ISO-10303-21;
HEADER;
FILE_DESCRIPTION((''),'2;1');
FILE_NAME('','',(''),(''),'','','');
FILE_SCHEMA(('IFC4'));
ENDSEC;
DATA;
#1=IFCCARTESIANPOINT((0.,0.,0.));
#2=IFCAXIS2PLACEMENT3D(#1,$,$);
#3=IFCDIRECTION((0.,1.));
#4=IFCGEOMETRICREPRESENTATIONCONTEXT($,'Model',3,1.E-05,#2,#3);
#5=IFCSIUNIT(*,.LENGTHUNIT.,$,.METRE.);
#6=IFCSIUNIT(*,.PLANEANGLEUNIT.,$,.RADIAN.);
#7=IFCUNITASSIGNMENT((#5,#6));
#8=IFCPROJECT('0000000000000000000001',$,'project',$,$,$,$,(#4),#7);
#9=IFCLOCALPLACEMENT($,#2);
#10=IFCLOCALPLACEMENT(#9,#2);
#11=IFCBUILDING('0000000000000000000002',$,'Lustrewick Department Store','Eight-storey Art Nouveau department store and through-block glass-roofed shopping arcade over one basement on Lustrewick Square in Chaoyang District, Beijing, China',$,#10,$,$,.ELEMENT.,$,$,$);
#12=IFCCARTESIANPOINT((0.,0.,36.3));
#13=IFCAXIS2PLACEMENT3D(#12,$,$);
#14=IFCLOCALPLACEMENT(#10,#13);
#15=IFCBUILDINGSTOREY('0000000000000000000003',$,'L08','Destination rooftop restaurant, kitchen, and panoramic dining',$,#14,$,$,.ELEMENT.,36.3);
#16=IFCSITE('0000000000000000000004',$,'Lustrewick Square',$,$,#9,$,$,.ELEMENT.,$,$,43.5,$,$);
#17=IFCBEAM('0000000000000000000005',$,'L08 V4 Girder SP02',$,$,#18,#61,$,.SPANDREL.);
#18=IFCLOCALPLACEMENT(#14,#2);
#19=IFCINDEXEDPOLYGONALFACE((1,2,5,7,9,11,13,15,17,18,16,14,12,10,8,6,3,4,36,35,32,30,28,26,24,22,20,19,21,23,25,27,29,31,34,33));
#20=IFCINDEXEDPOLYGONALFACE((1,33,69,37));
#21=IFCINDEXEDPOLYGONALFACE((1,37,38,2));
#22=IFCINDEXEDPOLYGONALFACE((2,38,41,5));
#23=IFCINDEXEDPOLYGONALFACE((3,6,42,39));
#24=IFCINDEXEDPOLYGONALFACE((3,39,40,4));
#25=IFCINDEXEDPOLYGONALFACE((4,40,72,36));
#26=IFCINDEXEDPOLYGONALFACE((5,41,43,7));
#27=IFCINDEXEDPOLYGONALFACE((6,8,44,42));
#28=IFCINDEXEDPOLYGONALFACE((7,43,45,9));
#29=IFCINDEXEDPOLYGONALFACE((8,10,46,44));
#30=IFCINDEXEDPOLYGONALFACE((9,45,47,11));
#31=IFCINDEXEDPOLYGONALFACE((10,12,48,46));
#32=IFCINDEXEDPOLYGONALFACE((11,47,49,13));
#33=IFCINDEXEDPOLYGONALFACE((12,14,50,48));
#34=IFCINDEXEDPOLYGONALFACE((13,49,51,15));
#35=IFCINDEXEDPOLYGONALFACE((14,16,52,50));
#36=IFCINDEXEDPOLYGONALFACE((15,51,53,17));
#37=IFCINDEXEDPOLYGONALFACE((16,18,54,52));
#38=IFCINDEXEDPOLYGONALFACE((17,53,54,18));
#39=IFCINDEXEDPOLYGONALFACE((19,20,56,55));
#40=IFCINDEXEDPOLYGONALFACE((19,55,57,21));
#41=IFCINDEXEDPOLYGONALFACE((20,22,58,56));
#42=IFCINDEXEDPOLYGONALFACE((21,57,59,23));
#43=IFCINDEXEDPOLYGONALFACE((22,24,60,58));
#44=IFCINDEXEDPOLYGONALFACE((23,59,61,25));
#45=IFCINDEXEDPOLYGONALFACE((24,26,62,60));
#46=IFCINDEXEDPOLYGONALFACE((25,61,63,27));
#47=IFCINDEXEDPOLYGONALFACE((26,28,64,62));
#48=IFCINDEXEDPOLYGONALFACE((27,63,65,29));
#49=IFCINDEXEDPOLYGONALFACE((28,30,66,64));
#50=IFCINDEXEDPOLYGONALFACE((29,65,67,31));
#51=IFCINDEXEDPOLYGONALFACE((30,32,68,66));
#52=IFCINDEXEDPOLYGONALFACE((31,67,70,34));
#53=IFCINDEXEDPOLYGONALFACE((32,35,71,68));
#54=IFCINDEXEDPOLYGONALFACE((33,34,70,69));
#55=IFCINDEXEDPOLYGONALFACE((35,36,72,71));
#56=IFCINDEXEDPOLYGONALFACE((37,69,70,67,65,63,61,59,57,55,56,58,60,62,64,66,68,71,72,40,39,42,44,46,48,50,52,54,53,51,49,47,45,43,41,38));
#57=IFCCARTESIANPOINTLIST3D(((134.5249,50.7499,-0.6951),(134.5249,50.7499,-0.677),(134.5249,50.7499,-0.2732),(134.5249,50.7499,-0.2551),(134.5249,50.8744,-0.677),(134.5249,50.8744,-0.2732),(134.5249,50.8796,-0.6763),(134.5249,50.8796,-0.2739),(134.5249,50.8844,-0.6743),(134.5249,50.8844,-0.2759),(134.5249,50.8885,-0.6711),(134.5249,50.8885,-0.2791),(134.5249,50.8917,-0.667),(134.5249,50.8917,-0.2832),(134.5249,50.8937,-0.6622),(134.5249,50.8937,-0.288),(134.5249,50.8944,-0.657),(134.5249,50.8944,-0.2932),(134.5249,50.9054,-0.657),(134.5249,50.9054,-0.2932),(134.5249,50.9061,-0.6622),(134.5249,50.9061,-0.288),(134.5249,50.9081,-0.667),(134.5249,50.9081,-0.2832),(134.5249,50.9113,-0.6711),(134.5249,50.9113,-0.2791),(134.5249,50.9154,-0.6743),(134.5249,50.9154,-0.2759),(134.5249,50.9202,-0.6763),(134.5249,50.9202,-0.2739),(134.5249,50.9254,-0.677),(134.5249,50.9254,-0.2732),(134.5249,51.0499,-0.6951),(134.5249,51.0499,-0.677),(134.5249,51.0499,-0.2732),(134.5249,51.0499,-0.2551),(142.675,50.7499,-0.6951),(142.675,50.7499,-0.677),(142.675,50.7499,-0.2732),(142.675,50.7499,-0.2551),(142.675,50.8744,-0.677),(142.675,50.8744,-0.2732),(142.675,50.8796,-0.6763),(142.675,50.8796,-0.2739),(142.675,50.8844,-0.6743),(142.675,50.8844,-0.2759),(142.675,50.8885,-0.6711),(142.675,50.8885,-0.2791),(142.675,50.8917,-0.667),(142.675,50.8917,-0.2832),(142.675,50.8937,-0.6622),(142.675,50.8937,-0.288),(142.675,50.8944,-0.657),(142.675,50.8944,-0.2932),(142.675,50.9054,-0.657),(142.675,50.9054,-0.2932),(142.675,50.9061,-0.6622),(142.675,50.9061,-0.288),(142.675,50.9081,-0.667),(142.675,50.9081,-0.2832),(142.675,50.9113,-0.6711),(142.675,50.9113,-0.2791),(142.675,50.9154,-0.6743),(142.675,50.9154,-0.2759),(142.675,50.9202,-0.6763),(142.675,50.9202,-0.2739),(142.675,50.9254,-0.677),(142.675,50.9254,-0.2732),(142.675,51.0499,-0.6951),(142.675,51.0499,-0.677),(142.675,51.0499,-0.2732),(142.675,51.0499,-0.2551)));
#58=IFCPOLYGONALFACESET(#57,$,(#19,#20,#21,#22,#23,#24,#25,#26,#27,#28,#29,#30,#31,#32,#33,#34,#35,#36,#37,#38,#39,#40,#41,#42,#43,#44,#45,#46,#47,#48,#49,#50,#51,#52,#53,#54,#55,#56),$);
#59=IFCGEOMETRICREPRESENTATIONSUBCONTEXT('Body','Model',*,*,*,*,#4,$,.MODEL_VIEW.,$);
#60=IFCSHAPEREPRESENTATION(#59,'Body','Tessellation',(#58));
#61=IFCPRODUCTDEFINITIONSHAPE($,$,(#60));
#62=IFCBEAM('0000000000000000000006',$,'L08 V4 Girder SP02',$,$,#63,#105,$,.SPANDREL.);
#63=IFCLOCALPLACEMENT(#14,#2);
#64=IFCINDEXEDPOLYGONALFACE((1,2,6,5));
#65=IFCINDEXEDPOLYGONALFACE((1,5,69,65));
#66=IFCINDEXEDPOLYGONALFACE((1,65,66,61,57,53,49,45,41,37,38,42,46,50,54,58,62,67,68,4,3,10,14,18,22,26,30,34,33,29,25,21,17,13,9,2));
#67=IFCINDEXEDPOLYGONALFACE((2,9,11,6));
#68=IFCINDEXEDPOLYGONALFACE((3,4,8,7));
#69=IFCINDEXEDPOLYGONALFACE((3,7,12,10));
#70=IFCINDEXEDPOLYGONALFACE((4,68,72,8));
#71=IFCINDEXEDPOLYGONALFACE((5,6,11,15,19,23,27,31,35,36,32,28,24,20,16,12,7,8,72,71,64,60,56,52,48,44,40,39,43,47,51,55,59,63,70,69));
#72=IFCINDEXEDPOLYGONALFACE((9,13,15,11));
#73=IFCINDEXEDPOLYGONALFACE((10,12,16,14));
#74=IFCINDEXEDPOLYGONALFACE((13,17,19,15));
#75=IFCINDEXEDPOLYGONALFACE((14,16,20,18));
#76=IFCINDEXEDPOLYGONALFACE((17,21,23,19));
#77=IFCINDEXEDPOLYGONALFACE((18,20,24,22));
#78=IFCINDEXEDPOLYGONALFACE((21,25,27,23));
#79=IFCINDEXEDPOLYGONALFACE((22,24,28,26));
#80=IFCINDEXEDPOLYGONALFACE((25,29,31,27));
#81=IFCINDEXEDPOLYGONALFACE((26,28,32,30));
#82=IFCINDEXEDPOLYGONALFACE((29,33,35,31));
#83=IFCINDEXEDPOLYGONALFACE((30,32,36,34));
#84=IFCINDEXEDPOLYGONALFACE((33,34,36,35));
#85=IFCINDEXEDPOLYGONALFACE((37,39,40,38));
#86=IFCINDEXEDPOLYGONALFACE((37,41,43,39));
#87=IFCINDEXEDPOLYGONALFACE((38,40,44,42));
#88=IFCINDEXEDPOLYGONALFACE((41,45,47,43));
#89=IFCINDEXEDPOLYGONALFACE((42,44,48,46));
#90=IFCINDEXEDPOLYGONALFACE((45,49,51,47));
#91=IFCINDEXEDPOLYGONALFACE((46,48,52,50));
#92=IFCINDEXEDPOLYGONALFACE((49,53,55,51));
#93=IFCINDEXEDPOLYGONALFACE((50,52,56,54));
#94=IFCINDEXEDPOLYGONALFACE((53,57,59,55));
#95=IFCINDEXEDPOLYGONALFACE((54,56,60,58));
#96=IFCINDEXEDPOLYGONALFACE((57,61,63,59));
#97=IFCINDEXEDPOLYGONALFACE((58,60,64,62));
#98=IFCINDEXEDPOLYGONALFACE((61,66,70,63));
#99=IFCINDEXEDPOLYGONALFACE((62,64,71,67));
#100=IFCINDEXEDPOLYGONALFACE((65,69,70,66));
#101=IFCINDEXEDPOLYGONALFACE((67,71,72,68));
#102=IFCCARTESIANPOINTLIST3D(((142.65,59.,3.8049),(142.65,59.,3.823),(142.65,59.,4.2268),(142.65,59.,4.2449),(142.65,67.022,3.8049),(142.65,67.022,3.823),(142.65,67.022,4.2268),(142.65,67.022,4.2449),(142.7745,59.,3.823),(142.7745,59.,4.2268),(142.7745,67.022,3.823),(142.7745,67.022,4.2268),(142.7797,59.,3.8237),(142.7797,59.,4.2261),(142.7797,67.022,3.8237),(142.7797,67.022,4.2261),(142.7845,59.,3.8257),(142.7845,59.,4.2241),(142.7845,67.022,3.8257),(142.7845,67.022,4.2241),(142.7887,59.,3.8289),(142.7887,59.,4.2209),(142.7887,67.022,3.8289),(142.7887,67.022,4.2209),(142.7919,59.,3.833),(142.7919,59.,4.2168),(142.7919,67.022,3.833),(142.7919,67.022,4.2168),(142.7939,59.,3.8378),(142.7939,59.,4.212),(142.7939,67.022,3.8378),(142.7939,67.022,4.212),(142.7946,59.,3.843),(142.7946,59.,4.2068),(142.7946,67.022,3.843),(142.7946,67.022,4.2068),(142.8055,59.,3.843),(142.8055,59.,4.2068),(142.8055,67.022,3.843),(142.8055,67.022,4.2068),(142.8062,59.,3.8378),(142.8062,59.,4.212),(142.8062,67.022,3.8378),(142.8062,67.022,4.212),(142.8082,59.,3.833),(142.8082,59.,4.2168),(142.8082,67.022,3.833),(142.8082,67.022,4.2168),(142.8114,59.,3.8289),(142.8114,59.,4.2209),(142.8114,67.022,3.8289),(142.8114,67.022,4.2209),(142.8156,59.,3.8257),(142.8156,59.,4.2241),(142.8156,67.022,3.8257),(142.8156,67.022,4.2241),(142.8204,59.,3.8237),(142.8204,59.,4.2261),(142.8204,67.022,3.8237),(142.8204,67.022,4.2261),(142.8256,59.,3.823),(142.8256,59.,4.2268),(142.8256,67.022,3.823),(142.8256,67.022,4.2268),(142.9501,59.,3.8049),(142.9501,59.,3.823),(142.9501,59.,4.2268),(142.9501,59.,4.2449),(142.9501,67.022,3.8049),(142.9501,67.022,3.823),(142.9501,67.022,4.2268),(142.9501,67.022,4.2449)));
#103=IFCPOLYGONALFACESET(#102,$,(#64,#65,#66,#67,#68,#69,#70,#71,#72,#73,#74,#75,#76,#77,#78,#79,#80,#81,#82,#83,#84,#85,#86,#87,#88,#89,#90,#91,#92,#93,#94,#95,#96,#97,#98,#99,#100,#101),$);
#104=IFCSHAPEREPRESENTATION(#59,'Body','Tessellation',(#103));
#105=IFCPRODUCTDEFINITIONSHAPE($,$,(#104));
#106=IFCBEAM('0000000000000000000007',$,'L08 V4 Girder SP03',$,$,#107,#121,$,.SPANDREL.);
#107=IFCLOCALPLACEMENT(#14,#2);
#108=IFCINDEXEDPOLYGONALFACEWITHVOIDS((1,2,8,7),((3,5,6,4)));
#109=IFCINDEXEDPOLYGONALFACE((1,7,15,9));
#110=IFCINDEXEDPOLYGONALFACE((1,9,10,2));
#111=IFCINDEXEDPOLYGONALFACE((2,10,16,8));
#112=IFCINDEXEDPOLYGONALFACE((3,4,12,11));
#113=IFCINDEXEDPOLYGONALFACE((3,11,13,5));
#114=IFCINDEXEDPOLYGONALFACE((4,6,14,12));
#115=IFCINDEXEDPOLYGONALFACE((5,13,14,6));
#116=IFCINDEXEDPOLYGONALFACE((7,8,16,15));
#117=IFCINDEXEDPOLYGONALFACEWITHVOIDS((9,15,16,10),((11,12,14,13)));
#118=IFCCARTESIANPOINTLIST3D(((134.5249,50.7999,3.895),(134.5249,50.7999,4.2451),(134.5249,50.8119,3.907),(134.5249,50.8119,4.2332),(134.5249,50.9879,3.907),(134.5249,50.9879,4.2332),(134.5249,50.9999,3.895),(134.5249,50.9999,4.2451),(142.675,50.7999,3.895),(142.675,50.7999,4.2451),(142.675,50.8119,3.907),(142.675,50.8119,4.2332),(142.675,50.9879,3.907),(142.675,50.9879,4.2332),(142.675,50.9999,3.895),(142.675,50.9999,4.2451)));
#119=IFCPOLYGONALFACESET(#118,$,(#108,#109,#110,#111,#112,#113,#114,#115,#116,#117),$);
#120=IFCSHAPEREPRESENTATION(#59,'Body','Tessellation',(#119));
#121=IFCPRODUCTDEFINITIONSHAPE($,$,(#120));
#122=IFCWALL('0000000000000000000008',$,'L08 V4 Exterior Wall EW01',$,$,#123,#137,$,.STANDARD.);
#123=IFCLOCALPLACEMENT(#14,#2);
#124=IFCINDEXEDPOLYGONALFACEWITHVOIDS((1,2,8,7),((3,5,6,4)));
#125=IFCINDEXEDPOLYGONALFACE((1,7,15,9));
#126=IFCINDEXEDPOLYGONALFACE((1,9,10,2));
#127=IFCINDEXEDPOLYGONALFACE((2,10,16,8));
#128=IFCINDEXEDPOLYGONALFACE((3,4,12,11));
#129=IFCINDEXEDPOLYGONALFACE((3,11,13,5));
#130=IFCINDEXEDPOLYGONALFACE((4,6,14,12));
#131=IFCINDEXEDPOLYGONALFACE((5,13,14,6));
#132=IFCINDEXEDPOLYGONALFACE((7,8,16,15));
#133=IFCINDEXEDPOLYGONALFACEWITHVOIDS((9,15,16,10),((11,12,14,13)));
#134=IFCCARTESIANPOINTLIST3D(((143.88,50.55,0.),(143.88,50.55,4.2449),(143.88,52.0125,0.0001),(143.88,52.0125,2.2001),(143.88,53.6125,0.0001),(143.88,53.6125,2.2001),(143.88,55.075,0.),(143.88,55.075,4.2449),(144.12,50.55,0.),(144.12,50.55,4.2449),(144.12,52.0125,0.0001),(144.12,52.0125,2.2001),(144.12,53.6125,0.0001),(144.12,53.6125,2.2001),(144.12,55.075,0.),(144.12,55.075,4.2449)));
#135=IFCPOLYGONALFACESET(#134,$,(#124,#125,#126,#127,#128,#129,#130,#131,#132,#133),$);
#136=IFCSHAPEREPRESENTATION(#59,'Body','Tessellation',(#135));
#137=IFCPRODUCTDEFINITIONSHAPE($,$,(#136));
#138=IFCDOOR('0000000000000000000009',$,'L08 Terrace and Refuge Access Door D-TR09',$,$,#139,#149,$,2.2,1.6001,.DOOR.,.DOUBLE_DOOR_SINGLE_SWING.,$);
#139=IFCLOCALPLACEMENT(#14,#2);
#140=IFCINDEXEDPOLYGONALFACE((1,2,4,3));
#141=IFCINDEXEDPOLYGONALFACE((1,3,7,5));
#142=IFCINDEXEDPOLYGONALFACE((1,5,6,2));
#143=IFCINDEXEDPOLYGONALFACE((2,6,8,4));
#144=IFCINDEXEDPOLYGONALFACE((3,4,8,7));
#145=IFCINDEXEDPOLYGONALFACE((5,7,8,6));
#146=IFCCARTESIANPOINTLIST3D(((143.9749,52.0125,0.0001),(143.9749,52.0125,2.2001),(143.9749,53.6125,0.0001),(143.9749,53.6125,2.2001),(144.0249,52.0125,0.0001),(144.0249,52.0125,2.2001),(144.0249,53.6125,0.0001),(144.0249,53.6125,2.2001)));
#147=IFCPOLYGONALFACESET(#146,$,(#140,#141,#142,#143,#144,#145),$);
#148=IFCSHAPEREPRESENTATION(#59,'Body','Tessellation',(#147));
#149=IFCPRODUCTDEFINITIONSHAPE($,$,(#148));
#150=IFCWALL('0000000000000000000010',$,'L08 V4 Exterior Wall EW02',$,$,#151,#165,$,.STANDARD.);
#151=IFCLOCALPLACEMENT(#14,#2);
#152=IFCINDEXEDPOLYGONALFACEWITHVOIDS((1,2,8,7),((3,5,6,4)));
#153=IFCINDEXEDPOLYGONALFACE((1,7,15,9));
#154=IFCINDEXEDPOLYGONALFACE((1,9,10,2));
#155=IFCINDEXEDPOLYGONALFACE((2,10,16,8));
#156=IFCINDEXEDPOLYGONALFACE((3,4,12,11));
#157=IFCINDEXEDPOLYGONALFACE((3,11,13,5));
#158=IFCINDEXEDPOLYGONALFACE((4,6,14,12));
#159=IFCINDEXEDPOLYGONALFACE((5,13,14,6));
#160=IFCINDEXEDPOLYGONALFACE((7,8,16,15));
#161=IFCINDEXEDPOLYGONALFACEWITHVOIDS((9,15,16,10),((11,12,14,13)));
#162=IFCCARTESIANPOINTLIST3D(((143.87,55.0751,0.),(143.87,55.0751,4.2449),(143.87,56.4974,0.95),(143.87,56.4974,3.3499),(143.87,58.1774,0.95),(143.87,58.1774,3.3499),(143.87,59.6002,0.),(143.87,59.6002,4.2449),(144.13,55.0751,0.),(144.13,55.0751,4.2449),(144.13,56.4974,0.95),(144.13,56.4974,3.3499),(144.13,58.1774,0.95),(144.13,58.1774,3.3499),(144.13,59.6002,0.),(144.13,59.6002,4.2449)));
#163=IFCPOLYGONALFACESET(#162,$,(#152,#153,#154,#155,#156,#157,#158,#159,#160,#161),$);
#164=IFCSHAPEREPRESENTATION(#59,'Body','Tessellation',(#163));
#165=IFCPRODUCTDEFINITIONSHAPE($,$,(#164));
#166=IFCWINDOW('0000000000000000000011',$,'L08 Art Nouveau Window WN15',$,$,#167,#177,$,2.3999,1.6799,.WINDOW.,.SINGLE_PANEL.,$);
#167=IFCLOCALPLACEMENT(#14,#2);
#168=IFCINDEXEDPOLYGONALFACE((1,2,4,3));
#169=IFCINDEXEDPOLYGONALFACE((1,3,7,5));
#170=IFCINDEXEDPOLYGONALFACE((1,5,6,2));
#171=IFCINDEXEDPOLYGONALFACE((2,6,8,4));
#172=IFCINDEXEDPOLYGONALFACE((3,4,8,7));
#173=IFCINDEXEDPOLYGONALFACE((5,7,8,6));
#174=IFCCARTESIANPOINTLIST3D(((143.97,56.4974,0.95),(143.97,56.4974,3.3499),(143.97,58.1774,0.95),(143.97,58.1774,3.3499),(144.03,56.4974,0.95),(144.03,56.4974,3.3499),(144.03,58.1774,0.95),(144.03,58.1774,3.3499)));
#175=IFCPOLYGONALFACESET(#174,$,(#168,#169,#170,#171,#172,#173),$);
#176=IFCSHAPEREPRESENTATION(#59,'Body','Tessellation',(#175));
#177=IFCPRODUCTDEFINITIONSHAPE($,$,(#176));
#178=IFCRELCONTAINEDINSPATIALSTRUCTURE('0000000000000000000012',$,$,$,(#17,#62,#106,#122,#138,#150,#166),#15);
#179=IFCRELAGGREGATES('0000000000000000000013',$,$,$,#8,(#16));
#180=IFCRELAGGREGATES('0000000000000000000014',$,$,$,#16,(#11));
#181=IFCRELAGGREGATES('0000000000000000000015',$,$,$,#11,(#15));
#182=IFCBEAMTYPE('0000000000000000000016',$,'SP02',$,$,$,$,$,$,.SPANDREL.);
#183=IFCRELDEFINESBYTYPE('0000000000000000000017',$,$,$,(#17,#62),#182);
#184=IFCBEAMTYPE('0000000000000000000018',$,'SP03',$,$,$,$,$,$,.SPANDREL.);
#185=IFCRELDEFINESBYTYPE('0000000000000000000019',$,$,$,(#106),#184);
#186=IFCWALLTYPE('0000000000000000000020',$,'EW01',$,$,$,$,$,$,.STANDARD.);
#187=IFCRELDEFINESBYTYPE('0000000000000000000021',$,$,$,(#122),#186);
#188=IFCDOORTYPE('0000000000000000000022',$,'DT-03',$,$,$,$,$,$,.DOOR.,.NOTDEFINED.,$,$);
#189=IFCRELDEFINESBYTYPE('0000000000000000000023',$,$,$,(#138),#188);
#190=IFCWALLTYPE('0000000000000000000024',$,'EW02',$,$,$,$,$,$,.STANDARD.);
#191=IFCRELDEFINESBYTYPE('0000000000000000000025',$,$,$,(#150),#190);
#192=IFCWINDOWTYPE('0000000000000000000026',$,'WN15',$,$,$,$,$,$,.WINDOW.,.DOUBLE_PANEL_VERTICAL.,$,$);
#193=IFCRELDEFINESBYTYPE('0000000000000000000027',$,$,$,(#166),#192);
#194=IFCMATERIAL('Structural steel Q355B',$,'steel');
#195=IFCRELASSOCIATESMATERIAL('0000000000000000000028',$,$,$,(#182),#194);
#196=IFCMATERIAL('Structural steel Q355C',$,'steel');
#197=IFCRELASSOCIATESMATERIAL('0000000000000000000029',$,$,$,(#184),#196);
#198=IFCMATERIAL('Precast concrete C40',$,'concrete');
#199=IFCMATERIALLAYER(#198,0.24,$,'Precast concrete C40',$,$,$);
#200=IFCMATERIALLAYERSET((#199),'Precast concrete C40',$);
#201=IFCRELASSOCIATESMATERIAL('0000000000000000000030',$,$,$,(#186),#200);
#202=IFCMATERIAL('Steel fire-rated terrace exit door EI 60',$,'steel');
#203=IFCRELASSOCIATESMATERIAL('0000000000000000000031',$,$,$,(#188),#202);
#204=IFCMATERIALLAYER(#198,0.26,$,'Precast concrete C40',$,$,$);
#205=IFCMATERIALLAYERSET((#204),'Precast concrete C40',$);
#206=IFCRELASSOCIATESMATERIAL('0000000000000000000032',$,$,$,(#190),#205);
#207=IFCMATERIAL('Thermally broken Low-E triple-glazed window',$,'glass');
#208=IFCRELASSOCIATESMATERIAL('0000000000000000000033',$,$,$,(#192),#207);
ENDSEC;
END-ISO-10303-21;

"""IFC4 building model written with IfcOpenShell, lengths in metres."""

from ifc_helpers import new_model, si_unit, direction, frame, frame_2d, origin, origin_2d, place, context, subcontext, project, spatial, rectangle, hollow_rectangle, i_section, extrude, material, layer, layer_set, material_profile, profile_set, type_object, element, fill, save


model = new_model("IFC4")

# Units and contexts
model_context = context("Model", 3, precision=1e-05, world=origin(), true_north=direction((0.0, 1.0)))
body_context = subcontext(model_context, "Body", "Model", "MODEL_VIEW")
ifc_project = project(units=[si_unit("LENGTHUNIT", "METRE"), si_unit("PLANEANGLEUNIT", "RADIAN")], contexts=[model_context])

# Site, building, storey
site_placement = place(None, origin())
site = spatial("IfcSite", under=ifc_project, at=site_placement, Name="Lustrewick Square", CompositionType="ELEMENT", RefElevation=43.5)
building_placement = place(site_placement, origin())
building = spatial("IfcBuilding", under=site, at=building_placement, Name="Lustrewick Department Store", Description="Eight-storey Art Nouveau department store and through-block glass-roofed shopping arcade over one basement on Lustrewick Square in Chaoyang District, Beijing, China", CompositionType="ELEMENT")
storey_placement = place(building_placement, frame((0.0, 0.0, 36.3)))
storey = spatial("IfcBuildingStorey", under=building, at=storey_placement, Name="L08", Description="Destination rooftop restaurant, kitchen, and panoramic dining", CompositionType="ELEMENT", Elevation=36.3)

# Shared definitions
ifc_material_1 = material(Name="Structural steel Q355B", Category="steel")

# Beams
ifc_material_2 = material(Name="Structural steel Q355C", Category="steel")
ifc_material_profile_1 = material_profile(ifc_material_1, i_section(OverallWidth=0.3, OverallDepth=0.4399, WebThickness=0.011, FlangeThickness=0.0181, FilletRadius=0.02, at=origin_2d()), Name="HM 440x300x11x18")
ifc_profile_set_1 = profile_set([ifc_material_profile_1], Name="Structural steel Q355B")
beam_type_1 = type_object("IfcBeamType", Name="SP02", PredefinedType="SPANDREL", material=ifc_profile_set_1)
beam_1_placement = place(storey_placement, frame((134.5249, 50.8999, -0.4751), z_axis=(1.0, 0.0, 0.0), x_axis=(0.0, 1.0, 0.0)))
element("IfcBeam", 1, at=beam_1_placement, inside=storey, type_object=beam_type_1, Name="L08 V4 Girder SP02", PredefinedType="SPANDREL", context=body_context, shape_type="SweptSolid", body=[
    extrude(i_section(OverallWidth=0.3, OverallDepth=0.4399, WebThickness=0.011, FlangeThickness=0.0181, FilletRadius=0.02, at=origin_2d()), origin(), (0.0, 0.0, 1.0), 8.1501),
])
beam_2_placement = place(storey_placement, frame((142.8, 59.0, 4.0249), z_axis=(0.0, 1.0, 0.0), x_axis=(-1.0, 0.0, 0.0)))
element("IfcBeam", 2, at=beam_2_placement, inside=storey, type_object=beam_type_1, Name="L08 V4 Girder SP02", PredefinedType="SPANDREL", context=body_context, shape_type="SweptSolid", body=[
    extrude(i_section(OverallWidth=0.3, OverallDepth=0.4399, WebThickness=0.011, FlangeThickness=0.0181, FilletRadius=0.02, at=origin_2d()), origin(), (0.0, 0.0, 1.0), 8.022),
])
ifc_material_profile_2 = material_profile(ifc_material_2, hollow_rectangle(XDim=0.2, YDim=0.3501, WallThickness=0.012, at=origin_2d()), Name="RHS 350x200x12")
ifc_profile_set_2 = profile_set([ifc_material_profile_2], Name="Structural steel Q355C")
beam_type_2 = type_object("IfcBeamType", Name="SP03", PredefinedType="SPANDREL", material=ifc_profile_set_2)
beam_3_placement = place(storey_placement, frame((134.5249, 50.8999, 4.0701), z_axis=(1.0, 0.0, 0.0), x_axis=(0.0, 1.0, 0.0)))
element("IfcBeam", 3, at=beam_3_placement, inside=storey, type_object=beam_type_2, Name="L08 V4 Girder SP03", PredefinedType="SPANDREL", context=body_context, shape_type="SweptSolid", body=[
    extrude(hollow_rectangle(XDim=0.2, YDim=0.3501, WallThickness=0.012, at=origin_2d()), origin(), (0.0, 0.0, 1.0), 8.1501),
])

# Wall, opening, door
ifc_material_3 = material(Name="Precast concrete C40", Category="concrete")
ifc_layer_1 = layer(ifc_material_3, 0.24, Name="Precast concrete C40")
ifc_layer_set_1 = layer_set([ifc_layer_1], Name="Precast concrete C40")
wall_type_1 = type_object("IfcWallType", Name="EW01", PredefinedType="STANDARD", material=ifc_layer_set_1)
wall_1_placement = place(storey_placement, frame((144.0, 50.55, 0.0), z_axis=(0.0, 0.0, 1.0), x_axis=(0.0, 1.0, 0.0)))
wall_1 = element("IfcWall", 4, at=wall_1_placement, inside=storey, type_object=wall_type_1, Name="L08 V4 Exterior Wall EW01", PredefinedType="STANDARD", context=body_context, shape_type="SweptSolid", body=[
    extrude(rectangle(XDim=4.5249, YDim=0.24, at=frame_2d((2.2625, 0.0))), origin(), (0.0, 0.0, 1.0), 4.2449),
])
opening_1_placement = place(wall_1_placement, frame((1.4624, 0.0, 0.0)))
opening_1 = element("IfcOpeningElement", 5, at=opening_1_placement, cuts=wall_1, PredefinedType="OPENING", context=body_context, shape_type="SweptSolid", body=[
    extrude(rectangle(XDim=1.6001, YDim=2.2, at=frame_2d((0.8, 1.1001))), frame((0.0, 0.1299, 0.0), z_axis=(0.0, -1.0, 0.0), x_axis=(1.0, 0.0, 0.0)), (0.0, 0.0, 1.0), 0.26),
])
ifc_material_4 = material(Name="Steel fire-rated terrace exit door EI 60", Category="steel")
door_type = type_object("IfcDoorType", Name="DT-03", OperationType="NOTDEFINED", PredefinedType="DOOR", material=ifc_material_4)
door_placement = place(opening_1_placement, frame((1.6001, 0.0, 0.0), z_axis=(0.0, 0.0, 1.0), x_axis=(-1.0, 0.0, 0.0)))
door = element("IfcDoor", 6, at=door_placement, inside=storey, type_object=door_type, Name="L08 Terrace and Refuge Access Door D-TR09", OperationType="DOUBLE_DOOR_SINGLE_SWING", OverallHeight=2.2, OverallWidth=1.6001, PredefinedType="DOOR", context=body_context, shape_type="SweptSolid", body=[
    extrude(rectangle(XDim=1.6001, YDim=2.2, at=frame_2d((0.8, 1.1001))), frame((0.0, 0.0249, 0.0), z_axis=(0.0, -1.0, 0.0), x_axis=(1.0, 0.0, 0.0)), (0.0, 0.0, 1.0), 0.05),
])
fill(opening_1, door)

# Wall, opening, window
ifc_layer_2 = layer(ifc_material_3, 0.26, Name="Precast concrete C40")
ifc_layer_set_2 = layer_set([ifc_layer_2], Name="Precast concrete C40")
wall_type_2 = type_object("IfcWallType", Name="EW02", PredefinedType="STANDARD", material=ifc_layer_set_2)
wall_2_placement = place(storey_placement, frame((144.0, 55.075, 0.0), z_axis=(0.0, 0.0, 1.0), x_axis=(0.0, 1.0, 0.0)))
wall_2 = element("IfcWall", 7, at=wall_2_placement, inside=storey, type_object=wall_type_2, Name="L08 V4 Exterior Wall EW02", PredefinedType="STANDARD", context=body_context, shape_type="SweptSolid", body=[
    extrude(rectangle(XDim=4.5251, YDim=0.26, at=frame_2d((2.2627, 0.0))), origin(), (0.0, 0.0, 1.0), 4.2449),
])
opening_2_placement = place(wall_2_placement, frame((1.4226, 0.0, 0.95)))
opening_2 = element("IfcOpeningElement", 8, at=opening_2_placement, cuts=wall_2, PredefinedType="OPENING", context=body_context, shape_type="SweptSolid", body=[
    extrude(rectangle(XDim=1.6799, YDim=2.3999, at=frame_2d((0.8398, 1.2))), frame((0.0, 0.1401, 0.0), z_axis=(0.0, -1.0, 0.0), x_axis=(1.0, 0.0, 0.0)), (0.0, 0.0, 1.0), 0.28),
])
ifc_material_5 = material(Name="Thermally broken Low-E triple-glazed window", Category="glass")
window_type = type_object("IfcWindowType", Name="WN15", PartitioningType="DOUBLE_PANEL_VERTICAL", PredefinedType="WINDOW", material=ifc_material_5)
window_placement = place(opening_2_placement, origin())
window = element("IfcWindow", 9, at=window_placement, inside=storey, type_object=window_type, Name="L08 Art Nouveau Window WN15", OverallHeight=2.3999, OverallWidth=1.6799, PartitioningType="SINGLE_PANEL", PredefinedType="WINDOW", context=body_context, shape_type="SweptSolid", body=[
    extrude(rectangle(XDim=1.6799, YDim=2.3999, at=frame_2d((0.8398, 1.2))), frame((0.0, 0.03, 0.0), z_axis=(0.0, -1.0, 0.0), x_axis=(1.0, 0.0, 0.0)), (0.0, 0.0, 1.0), 0.0601),
])
fill(opening_2, window)

save(model, "model.ifc")
